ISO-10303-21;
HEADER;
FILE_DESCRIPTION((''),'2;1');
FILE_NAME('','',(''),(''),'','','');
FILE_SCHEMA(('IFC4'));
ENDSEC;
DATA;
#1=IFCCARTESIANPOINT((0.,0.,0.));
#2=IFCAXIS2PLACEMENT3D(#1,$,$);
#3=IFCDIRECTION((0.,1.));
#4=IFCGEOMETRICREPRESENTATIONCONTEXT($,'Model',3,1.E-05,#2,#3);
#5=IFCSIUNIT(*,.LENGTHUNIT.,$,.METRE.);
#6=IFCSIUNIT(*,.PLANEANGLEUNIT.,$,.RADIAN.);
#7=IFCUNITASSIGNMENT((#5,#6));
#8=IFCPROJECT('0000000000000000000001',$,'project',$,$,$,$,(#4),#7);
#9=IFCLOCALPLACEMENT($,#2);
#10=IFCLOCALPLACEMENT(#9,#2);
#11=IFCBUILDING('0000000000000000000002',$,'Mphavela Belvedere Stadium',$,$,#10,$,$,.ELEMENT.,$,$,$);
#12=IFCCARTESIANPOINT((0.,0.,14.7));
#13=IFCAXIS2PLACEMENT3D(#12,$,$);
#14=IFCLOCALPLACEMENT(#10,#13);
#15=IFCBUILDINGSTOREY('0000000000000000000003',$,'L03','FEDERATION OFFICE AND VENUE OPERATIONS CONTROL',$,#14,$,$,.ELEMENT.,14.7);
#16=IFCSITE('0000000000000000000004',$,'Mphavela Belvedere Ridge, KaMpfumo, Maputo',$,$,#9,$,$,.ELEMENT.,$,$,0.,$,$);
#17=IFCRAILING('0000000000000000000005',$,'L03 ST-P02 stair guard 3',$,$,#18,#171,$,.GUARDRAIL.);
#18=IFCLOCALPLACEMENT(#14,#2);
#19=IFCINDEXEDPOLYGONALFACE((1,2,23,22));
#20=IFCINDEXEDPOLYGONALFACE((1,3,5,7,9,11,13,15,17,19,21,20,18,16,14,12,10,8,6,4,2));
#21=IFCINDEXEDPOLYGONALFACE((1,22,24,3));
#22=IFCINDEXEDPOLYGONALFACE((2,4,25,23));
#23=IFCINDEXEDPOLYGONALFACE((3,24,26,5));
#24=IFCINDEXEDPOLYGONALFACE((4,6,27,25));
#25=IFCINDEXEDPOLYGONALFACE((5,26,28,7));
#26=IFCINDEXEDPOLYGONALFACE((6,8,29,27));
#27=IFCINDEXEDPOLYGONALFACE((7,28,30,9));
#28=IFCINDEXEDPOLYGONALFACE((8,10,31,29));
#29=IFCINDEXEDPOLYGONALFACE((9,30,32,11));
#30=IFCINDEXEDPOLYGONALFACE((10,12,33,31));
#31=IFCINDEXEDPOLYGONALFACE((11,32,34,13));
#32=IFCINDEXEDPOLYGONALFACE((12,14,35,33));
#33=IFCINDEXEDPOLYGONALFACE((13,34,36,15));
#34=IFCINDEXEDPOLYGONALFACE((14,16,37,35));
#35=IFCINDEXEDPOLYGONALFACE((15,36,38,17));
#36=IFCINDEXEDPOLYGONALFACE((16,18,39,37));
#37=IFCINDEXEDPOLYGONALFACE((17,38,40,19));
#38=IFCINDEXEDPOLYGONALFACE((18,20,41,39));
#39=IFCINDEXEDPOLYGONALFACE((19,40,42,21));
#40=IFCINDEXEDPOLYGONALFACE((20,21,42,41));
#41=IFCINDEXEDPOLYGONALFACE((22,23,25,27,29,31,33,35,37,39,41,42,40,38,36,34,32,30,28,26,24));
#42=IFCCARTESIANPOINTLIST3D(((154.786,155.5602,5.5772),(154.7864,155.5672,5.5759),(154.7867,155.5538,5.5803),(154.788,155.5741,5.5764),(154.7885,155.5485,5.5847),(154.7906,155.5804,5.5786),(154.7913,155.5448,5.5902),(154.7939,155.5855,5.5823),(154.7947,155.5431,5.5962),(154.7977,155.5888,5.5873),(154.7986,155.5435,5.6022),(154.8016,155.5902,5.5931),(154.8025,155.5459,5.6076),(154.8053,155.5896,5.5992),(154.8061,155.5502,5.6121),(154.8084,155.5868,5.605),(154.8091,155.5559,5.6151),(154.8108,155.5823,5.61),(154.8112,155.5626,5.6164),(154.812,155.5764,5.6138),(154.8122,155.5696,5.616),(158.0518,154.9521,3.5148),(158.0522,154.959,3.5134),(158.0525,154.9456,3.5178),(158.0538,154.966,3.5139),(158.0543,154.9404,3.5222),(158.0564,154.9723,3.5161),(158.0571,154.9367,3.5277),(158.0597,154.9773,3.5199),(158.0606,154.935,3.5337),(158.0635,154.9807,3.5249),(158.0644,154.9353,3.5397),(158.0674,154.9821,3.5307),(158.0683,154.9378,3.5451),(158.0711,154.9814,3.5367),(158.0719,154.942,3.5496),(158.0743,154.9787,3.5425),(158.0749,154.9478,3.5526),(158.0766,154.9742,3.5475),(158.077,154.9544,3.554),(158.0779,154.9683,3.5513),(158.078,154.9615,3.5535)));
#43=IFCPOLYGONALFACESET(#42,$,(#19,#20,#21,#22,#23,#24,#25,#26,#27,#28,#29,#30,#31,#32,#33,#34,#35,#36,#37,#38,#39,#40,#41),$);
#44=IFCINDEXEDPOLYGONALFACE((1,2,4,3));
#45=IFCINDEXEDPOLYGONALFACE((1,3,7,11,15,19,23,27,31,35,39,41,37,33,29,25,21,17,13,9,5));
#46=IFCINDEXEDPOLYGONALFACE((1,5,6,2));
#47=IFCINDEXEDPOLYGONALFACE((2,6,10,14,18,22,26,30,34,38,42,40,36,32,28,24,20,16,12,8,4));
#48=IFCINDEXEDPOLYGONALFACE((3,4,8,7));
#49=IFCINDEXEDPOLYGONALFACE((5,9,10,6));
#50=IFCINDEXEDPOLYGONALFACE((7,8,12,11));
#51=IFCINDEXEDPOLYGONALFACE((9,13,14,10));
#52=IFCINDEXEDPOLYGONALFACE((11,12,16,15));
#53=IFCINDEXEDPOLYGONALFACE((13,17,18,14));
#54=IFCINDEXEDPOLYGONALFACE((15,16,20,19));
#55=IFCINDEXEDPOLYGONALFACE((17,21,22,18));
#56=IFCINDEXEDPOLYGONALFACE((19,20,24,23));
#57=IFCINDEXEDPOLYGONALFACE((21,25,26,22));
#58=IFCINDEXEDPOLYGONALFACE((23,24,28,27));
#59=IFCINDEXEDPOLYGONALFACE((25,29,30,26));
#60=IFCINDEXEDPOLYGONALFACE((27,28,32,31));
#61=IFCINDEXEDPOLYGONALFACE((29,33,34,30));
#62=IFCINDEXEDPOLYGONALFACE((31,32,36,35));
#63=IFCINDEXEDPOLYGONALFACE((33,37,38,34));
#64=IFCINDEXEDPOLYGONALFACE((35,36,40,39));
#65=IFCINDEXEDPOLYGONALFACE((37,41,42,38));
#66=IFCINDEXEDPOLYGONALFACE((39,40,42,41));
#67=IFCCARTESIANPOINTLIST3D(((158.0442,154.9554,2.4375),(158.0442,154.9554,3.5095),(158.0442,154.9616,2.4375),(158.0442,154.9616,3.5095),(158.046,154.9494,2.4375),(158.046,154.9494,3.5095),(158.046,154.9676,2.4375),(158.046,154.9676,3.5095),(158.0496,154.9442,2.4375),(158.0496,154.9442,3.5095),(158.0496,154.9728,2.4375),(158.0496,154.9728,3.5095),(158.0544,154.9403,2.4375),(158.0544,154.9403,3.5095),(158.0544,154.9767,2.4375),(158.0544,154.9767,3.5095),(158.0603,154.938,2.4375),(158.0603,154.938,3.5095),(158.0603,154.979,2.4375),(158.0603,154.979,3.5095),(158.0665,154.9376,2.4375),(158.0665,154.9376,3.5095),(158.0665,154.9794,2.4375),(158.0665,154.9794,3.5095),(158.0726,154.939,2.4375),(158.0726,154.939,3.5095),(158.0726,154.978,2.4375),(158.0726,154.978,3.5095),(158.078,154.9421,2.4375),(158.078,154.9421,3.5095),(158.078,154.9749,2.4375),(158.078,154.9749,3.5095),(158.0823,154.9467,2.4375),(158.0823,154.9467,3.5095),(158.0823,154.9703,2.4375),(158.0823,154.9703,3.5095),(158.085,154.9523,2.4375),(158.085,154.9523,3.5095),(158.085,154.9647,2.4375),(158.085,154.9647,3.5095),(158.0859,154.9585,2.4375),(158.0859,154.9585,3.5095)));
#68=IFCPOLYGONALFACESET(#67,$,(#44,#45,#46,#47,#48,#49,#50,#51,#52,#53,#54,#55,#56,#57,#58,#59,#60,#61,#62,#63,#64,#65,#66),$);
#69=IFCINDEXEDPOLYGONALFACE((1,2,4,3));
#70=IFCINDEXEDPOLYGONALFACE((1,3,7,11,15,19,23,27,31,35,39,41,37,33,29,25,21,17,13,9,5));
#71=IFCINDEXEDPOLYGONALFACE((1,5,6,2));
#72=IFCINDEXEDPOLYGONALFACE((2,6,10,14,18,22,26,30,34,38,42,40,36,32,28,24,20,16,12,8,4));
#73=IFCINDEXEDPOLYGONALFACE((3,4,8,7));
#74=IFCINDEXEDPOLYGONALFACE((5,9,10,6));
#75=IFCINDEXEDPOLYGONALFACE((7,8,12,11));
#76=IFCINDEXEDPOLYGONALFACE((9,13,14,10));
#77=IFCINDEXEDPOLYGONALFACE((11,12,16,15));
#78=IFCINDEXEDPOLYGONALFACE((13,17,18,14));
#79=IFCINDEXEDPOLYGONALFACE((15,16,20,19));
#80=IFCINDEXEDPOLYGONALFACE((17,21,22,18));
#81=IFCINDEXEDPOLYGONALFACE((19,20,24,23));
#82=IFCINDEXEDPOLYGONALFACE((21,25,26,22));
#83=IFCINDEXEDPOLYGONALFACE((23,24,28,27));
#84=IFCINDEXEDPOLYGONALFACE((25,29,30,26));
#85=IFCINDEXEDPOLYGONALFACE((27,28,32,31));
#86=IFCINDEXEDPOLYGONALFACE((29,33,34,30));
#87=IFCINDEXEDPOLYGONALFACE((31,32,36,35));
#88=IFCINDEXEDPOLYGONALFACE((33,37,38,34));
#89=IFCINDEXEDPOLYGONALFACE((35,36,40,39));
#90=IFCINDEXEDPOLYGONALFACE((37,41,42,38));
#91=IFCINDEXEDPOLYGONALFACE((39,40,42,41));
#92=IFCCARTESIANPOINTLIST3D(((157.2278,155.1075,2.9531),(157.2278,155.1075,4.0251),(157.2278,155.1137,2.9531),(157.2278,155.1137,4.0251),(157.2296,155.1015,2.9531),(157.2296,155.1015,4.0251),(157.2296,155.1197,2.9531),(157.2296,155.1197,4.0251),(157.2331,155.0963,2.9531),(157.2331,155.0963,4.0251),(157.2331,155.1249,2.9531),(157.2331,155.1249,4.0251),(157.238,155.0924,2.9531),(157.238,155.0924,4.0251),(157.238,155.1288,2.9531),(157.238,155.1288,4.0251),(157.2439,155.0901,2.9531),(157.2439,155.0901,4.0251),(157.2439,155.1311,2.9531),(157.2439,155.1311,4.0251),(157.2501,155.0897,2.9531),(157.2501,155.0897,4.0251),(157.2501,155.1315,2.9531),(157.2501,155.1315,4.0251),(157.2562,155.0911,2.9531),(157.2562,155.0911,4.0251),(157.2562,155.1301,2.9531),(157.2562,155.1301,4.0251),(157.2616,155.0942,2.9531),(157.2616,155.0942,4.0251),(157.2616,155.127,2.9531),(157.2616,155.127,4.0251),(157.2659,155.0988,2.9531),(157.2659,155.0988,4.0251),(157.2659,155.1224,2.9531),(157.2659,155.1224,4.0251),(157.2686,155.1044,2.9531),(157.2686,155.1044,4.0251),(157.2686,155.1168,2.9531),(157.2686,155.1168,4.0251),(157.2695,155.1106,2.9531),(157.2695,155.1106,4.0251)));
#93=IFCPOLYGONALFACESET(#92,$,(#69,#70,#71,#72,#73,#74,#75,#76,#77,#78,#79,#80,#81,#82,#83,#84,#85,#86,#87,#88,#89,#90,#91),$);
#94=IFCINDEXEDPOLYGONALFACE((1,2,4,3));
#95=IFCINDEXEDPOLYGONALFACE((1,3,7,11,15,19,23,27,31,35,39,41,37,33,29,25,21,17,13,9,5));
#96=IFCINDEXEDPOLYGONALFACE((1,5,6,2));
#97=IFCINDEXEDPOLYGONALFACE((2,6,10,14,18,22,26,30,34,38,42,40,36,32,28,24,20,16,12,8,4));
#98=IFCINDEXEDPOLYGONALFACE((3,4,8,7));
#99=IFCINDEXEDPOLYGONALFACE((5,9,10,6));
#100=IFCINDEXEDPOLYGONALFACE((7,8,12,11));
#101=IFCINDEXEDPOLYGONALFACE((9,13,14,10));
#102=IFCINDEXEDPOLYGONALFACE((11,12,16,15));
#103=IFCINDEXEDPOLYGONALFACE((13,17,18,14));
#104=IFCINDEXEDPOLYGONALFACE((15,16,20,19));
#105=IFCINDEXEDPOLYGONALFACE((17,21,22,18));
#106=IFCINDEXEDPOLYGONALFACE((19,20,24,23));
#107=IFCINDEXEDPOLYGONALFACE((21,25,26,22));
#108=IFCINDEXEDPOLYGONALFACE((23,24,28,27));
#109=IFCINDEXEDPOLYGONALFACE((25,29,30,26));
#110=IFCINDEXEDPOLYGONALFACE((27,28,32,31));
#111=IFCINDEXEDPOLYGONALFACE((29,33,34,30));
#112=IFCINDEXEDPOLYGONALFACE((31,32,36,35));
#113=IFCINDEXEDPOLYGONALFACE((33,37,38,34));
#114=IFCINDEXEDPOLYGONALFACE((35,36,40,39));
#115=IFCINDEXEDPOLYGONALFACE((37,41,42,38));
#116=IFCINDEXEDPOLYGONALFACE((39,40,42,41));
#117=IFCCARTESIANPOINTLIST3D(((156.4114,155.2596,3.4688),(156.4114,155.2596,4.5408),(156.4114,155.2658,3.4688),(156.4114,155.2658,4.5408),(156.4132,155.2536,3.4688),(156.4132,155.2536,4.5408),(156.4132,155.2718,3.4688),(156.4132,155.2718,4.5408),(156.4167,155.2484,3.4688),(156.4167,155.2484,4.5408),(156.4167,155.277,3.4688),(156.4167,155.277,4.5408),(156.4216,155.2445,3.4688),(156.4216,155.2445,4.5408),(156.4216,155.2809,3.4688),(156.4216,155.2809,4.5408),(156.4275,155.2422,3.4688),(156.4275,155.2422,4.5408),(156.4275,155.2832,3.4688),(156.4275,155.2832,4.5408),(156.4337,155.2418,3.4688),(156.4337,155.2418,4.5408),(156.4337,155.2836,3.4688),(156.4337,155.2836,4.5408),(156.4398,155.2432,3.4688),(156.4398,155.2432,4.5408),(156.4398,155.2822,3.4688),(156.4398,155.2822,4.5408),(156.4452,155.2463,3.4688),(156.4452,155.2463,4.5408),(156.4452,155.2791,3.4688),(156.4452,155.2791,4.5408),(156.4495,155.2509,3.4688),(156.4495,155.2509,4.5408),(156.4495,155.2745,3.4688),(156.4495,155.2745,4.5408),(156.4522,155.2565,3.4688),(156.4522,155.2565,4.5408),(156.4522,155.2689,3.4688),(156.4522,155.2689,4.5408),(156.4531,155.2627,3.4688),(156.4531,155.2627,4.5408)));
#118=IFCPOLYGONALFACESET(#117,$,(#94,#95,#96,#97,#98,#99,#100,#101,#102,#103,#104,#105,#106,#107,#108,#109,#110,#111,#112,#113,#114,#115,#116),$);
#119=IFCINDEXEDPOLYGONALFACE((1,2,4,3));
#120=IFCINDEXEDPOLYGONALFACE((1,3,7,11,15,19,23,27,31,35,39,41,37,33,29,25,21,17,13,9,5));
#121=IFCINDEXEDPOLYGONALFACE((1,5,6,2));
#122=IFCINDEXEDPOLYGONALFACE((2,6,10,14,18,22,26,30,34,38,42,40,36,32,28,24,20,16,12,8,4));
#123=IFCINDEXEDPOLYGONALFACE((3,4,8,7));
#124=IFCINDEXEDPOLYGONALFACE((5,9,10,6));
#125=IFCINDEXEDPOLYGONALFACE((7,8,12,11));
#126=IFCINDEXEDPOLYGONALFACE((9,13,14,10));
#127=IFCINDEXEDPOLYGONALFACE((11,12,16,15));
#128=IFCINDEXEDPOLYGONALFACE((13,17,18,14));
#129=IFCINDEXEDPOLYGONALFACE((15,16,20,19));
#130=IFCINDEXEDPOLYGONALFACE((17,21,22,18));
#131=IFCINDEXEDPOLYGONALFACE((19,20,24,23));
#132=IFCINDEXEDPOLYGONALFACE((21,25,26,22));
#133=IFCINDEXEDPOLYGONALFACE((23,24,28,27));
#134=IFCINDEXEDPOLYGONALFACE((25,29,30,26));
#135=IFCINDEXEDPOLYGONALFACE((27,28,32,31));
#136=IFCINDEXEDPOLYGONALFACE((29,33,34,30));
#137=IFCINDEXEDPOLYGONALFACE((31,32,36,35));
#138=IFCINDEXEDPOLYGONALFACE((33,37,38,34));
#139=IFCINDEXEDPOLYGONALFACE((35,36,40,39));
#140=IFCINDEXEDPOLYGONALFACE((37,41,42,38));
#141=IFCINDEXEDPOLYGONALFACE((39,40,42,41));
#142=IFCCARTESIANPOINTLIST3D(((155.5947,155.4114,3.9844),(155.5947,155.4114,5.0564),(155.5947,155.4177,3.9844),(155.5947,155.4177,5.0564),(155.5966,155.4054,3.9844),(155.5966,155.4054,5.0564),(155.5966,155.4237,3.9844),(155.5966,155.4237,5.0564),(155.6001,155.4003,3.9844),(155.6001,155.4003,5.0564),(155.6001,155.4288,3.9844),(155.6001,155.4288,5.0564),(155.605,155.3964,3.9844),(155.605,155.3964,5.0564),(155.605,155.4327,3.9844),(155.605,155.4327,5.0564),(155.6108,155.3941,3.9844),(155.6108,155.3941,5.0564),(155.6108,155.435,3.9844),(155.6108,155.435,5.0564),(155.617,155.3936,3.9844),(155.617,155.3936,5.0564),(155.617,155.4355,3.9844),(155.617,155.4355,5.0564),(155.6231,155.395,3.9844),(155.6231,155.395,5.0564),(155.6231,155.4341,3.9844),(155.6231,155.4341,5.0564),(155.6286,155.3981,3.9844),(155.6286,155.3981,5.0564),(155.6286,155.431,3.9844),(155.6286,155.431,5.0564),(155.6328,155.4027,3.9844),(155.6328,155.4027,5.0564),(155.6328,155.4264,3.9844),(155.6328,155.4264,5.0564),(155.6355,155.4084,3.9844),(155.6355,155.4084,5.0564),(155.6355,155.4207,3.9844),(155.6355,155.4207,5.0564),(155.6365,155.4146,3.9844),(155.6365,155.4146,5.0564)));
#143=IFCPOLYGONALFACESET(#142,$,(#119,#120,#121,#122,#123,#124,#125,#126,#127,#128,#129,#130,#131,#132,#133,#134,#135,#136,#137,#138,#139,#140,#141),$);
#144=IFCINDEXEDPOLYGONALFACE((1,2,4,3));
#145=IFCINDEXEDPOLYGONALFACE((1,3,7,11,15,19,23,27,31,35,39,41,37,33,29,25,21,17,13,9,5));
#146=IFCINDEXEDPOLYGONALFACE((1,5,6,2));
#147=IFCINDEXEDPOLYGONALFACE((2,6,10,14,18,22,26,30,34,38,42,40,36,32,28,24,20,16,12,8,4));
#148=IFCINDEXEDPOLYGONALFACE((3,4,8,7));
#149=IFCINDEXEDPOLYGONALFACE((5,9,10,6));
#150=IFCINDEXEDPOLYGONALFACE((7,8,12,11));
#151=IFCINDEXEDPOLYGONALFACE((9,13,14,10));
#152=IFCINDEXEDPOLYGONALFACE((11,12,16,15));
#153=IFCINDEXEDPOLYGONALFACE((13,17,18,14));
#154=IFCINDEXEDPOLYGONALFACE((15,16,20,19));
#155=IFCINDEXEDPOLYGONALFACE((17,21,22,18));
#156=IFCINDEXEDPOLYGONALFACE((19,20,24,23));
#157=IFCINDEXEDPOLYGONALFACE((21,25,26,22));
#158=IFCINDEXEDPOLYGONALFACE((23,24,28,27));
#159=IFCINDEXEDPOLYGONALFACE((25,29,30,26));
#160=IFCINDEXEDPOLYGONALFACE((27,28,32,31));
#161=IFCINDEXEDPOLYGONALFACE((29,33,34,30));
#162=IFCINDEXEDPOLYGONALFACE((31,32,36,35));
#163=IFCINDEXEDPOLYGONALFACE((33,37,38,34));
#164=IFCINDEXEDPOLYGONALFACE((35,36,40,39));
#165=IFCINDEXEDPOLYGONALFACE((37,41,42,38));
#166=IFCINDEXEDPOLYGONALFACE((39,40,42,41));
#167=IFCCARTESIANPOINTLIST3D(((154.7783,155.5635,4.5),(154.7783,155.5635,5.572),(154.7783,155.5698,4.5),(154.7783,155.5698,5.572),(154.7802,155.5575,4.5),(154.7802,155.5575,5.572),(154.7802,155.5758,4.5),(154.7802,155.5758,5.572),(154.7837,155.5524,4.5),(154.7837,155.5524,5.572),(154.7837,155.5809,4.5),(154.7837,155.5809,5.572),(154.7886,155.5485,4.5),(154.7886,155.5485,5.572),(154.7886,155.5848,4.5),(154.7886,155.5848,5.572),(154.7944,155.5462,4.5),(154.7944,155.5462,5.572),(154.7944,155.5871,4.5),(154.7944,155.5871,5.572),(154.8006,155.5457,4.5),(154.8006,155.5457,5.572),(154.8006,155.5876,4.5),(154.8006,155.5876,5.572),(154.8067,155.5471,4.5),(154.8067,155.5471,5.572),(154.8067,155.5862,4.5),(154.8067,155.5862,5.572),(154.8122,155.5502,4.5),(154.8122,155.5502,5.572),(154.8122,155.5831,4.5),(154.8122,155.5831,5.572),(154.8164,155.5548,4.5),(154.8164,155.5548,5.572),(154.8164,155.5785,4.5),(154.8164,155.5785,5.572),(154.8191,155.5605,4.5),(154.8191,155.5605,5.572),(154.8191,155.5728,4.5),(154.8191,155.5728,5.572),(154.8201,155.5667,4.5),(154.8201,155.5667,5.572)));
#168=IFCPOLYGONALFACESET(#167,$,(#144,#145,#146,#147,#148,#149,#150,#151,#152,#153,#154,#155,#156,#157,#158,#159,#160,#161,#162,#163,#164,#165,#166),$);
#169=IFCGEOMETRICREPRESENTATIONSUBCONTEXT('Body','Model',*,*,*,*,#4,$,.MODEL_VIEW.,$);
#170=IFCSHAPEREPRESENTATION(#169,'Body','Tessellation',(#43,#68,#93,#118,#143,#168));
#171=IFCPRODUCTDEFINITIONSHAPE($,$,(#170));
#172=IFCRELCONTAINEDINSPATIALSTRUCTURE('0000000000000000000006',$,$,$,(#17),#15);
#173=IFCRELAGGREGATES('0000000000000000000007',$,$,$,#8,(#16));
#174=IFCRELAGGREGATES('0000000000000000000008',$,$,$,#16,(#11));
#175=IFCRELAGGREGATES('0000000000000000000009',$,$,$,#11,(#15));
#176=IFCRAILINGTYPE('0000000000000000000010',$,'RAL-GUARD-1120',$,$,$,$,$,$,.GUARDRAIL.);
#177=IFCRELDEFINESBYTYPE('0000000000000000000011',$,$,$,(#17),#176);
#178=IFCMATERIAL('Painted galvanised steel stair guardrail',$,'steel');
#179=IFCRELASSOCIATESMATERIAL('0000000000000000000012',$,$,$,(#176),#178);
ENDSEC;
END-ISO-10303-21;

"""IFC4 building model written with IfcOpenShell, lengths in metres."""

from ifc_helpers import new_model, si_unit, direction, frame, origin, origin_2d, place, context, subcontext, project, spatial, circle, extrude, material, type_object, element, save


model = new_model("IFC4")

# Units and contexts
model_context = context("Model", 3, precision=1e-05, world=origin(), true_north=direction((0.0, 1.0)))
body_context = subcontext(model_context, "Body", "Model", "MODEL_VIEW")
ifc_project = project(units=[si_unit("LENGTHUNIT", "METRE"), si_unit("PLANEANGLEUNIT", "RADIAN")], contexts=[model_context])

# Site, building, storey
site_placement = place(None, origin())
site = spatial("IfcSite", under=ifc_project, at=site_placement, Name="Mphavela Belvedere Ridge, KaMpfumo, Maputo", CompositionType="ELEMENT", RefElevation=0.0)
building_placement = place(site_placement, origin())
building = spatial("IfcBuilding", under=site, at=building_placement, Name="Mphavela Belvedere Stadium", CompositionType="ELEMENT")
storey_placement = place(building_placement, frame((0.0, 0.0, 14.7)))
storey = spatial("IfcBuildingStorey", under=building, at=storey_placement, Name="L03", Description="FEDERATION OFFICE AND VENUE OPERATIONS CONTROL", CompositionType="ELEMENT", Elevation=14.7)

# Railing
ifc_material_1 = material(Name="Painted galvanised steel stair guardrail", Category="steel")
railing_type_1 = type_object("IfcRailingType", Name="RAL-GUARD-1120", PredefinedType="GUARDRAIL", material=ifc_material_1)
railing_1_placement = place(storey_placement, frame((158.0649, 154.9585, 2.4375)))
element("IfcRailing", 1, at=railing_1_placement, inside=storey, type_object=railing_type_1, Name="L03 ST-P02 stair guard 3", PredefinedType="GUARDRAIL", context=body_context, shape_type="SweptSolid", body=[
    extrude(circle(Radius=0.0239, at=origin_2d()), frame((0.0, 0.0, 1.0962), z_axis=(-0.835218, 0.15553, 0.527467), x_axis=(-0.183068, -0.9831, 0.0)), (0.0, 0.0, 1.0), 3.9102),
    extrude(circle(Radius=0.021, at=origin_2d()), origin(), (0.0, 0.0, 1.0), 1.072),
    extrude(circle(Radius=0.021, at=origin_2d()), frame((-0.8164, 0.1521, 0.5156)), (0.0, 0.0, 1.0), 1.072),
    extrude(circle(Radius=0.021, at=origin_2d()), frame((-1.6328, 0.3042, 1.0312)), (0.0, 0.0, 1.0), 1.072),
    extrude(circle(Radius=0.021, at=origin_2d()), frame((-2.4495, 0.4561, 1.5469)), (0.0, 0.0, 1.0), 1.072),
    extrude(circle(Radius=0.021, at=origin_2d()), frame((-3.2659, 0.6082, 2.0625)), (0.0, 0.0, 1.0), 1.072),
])

save(model, "model.ifc")
